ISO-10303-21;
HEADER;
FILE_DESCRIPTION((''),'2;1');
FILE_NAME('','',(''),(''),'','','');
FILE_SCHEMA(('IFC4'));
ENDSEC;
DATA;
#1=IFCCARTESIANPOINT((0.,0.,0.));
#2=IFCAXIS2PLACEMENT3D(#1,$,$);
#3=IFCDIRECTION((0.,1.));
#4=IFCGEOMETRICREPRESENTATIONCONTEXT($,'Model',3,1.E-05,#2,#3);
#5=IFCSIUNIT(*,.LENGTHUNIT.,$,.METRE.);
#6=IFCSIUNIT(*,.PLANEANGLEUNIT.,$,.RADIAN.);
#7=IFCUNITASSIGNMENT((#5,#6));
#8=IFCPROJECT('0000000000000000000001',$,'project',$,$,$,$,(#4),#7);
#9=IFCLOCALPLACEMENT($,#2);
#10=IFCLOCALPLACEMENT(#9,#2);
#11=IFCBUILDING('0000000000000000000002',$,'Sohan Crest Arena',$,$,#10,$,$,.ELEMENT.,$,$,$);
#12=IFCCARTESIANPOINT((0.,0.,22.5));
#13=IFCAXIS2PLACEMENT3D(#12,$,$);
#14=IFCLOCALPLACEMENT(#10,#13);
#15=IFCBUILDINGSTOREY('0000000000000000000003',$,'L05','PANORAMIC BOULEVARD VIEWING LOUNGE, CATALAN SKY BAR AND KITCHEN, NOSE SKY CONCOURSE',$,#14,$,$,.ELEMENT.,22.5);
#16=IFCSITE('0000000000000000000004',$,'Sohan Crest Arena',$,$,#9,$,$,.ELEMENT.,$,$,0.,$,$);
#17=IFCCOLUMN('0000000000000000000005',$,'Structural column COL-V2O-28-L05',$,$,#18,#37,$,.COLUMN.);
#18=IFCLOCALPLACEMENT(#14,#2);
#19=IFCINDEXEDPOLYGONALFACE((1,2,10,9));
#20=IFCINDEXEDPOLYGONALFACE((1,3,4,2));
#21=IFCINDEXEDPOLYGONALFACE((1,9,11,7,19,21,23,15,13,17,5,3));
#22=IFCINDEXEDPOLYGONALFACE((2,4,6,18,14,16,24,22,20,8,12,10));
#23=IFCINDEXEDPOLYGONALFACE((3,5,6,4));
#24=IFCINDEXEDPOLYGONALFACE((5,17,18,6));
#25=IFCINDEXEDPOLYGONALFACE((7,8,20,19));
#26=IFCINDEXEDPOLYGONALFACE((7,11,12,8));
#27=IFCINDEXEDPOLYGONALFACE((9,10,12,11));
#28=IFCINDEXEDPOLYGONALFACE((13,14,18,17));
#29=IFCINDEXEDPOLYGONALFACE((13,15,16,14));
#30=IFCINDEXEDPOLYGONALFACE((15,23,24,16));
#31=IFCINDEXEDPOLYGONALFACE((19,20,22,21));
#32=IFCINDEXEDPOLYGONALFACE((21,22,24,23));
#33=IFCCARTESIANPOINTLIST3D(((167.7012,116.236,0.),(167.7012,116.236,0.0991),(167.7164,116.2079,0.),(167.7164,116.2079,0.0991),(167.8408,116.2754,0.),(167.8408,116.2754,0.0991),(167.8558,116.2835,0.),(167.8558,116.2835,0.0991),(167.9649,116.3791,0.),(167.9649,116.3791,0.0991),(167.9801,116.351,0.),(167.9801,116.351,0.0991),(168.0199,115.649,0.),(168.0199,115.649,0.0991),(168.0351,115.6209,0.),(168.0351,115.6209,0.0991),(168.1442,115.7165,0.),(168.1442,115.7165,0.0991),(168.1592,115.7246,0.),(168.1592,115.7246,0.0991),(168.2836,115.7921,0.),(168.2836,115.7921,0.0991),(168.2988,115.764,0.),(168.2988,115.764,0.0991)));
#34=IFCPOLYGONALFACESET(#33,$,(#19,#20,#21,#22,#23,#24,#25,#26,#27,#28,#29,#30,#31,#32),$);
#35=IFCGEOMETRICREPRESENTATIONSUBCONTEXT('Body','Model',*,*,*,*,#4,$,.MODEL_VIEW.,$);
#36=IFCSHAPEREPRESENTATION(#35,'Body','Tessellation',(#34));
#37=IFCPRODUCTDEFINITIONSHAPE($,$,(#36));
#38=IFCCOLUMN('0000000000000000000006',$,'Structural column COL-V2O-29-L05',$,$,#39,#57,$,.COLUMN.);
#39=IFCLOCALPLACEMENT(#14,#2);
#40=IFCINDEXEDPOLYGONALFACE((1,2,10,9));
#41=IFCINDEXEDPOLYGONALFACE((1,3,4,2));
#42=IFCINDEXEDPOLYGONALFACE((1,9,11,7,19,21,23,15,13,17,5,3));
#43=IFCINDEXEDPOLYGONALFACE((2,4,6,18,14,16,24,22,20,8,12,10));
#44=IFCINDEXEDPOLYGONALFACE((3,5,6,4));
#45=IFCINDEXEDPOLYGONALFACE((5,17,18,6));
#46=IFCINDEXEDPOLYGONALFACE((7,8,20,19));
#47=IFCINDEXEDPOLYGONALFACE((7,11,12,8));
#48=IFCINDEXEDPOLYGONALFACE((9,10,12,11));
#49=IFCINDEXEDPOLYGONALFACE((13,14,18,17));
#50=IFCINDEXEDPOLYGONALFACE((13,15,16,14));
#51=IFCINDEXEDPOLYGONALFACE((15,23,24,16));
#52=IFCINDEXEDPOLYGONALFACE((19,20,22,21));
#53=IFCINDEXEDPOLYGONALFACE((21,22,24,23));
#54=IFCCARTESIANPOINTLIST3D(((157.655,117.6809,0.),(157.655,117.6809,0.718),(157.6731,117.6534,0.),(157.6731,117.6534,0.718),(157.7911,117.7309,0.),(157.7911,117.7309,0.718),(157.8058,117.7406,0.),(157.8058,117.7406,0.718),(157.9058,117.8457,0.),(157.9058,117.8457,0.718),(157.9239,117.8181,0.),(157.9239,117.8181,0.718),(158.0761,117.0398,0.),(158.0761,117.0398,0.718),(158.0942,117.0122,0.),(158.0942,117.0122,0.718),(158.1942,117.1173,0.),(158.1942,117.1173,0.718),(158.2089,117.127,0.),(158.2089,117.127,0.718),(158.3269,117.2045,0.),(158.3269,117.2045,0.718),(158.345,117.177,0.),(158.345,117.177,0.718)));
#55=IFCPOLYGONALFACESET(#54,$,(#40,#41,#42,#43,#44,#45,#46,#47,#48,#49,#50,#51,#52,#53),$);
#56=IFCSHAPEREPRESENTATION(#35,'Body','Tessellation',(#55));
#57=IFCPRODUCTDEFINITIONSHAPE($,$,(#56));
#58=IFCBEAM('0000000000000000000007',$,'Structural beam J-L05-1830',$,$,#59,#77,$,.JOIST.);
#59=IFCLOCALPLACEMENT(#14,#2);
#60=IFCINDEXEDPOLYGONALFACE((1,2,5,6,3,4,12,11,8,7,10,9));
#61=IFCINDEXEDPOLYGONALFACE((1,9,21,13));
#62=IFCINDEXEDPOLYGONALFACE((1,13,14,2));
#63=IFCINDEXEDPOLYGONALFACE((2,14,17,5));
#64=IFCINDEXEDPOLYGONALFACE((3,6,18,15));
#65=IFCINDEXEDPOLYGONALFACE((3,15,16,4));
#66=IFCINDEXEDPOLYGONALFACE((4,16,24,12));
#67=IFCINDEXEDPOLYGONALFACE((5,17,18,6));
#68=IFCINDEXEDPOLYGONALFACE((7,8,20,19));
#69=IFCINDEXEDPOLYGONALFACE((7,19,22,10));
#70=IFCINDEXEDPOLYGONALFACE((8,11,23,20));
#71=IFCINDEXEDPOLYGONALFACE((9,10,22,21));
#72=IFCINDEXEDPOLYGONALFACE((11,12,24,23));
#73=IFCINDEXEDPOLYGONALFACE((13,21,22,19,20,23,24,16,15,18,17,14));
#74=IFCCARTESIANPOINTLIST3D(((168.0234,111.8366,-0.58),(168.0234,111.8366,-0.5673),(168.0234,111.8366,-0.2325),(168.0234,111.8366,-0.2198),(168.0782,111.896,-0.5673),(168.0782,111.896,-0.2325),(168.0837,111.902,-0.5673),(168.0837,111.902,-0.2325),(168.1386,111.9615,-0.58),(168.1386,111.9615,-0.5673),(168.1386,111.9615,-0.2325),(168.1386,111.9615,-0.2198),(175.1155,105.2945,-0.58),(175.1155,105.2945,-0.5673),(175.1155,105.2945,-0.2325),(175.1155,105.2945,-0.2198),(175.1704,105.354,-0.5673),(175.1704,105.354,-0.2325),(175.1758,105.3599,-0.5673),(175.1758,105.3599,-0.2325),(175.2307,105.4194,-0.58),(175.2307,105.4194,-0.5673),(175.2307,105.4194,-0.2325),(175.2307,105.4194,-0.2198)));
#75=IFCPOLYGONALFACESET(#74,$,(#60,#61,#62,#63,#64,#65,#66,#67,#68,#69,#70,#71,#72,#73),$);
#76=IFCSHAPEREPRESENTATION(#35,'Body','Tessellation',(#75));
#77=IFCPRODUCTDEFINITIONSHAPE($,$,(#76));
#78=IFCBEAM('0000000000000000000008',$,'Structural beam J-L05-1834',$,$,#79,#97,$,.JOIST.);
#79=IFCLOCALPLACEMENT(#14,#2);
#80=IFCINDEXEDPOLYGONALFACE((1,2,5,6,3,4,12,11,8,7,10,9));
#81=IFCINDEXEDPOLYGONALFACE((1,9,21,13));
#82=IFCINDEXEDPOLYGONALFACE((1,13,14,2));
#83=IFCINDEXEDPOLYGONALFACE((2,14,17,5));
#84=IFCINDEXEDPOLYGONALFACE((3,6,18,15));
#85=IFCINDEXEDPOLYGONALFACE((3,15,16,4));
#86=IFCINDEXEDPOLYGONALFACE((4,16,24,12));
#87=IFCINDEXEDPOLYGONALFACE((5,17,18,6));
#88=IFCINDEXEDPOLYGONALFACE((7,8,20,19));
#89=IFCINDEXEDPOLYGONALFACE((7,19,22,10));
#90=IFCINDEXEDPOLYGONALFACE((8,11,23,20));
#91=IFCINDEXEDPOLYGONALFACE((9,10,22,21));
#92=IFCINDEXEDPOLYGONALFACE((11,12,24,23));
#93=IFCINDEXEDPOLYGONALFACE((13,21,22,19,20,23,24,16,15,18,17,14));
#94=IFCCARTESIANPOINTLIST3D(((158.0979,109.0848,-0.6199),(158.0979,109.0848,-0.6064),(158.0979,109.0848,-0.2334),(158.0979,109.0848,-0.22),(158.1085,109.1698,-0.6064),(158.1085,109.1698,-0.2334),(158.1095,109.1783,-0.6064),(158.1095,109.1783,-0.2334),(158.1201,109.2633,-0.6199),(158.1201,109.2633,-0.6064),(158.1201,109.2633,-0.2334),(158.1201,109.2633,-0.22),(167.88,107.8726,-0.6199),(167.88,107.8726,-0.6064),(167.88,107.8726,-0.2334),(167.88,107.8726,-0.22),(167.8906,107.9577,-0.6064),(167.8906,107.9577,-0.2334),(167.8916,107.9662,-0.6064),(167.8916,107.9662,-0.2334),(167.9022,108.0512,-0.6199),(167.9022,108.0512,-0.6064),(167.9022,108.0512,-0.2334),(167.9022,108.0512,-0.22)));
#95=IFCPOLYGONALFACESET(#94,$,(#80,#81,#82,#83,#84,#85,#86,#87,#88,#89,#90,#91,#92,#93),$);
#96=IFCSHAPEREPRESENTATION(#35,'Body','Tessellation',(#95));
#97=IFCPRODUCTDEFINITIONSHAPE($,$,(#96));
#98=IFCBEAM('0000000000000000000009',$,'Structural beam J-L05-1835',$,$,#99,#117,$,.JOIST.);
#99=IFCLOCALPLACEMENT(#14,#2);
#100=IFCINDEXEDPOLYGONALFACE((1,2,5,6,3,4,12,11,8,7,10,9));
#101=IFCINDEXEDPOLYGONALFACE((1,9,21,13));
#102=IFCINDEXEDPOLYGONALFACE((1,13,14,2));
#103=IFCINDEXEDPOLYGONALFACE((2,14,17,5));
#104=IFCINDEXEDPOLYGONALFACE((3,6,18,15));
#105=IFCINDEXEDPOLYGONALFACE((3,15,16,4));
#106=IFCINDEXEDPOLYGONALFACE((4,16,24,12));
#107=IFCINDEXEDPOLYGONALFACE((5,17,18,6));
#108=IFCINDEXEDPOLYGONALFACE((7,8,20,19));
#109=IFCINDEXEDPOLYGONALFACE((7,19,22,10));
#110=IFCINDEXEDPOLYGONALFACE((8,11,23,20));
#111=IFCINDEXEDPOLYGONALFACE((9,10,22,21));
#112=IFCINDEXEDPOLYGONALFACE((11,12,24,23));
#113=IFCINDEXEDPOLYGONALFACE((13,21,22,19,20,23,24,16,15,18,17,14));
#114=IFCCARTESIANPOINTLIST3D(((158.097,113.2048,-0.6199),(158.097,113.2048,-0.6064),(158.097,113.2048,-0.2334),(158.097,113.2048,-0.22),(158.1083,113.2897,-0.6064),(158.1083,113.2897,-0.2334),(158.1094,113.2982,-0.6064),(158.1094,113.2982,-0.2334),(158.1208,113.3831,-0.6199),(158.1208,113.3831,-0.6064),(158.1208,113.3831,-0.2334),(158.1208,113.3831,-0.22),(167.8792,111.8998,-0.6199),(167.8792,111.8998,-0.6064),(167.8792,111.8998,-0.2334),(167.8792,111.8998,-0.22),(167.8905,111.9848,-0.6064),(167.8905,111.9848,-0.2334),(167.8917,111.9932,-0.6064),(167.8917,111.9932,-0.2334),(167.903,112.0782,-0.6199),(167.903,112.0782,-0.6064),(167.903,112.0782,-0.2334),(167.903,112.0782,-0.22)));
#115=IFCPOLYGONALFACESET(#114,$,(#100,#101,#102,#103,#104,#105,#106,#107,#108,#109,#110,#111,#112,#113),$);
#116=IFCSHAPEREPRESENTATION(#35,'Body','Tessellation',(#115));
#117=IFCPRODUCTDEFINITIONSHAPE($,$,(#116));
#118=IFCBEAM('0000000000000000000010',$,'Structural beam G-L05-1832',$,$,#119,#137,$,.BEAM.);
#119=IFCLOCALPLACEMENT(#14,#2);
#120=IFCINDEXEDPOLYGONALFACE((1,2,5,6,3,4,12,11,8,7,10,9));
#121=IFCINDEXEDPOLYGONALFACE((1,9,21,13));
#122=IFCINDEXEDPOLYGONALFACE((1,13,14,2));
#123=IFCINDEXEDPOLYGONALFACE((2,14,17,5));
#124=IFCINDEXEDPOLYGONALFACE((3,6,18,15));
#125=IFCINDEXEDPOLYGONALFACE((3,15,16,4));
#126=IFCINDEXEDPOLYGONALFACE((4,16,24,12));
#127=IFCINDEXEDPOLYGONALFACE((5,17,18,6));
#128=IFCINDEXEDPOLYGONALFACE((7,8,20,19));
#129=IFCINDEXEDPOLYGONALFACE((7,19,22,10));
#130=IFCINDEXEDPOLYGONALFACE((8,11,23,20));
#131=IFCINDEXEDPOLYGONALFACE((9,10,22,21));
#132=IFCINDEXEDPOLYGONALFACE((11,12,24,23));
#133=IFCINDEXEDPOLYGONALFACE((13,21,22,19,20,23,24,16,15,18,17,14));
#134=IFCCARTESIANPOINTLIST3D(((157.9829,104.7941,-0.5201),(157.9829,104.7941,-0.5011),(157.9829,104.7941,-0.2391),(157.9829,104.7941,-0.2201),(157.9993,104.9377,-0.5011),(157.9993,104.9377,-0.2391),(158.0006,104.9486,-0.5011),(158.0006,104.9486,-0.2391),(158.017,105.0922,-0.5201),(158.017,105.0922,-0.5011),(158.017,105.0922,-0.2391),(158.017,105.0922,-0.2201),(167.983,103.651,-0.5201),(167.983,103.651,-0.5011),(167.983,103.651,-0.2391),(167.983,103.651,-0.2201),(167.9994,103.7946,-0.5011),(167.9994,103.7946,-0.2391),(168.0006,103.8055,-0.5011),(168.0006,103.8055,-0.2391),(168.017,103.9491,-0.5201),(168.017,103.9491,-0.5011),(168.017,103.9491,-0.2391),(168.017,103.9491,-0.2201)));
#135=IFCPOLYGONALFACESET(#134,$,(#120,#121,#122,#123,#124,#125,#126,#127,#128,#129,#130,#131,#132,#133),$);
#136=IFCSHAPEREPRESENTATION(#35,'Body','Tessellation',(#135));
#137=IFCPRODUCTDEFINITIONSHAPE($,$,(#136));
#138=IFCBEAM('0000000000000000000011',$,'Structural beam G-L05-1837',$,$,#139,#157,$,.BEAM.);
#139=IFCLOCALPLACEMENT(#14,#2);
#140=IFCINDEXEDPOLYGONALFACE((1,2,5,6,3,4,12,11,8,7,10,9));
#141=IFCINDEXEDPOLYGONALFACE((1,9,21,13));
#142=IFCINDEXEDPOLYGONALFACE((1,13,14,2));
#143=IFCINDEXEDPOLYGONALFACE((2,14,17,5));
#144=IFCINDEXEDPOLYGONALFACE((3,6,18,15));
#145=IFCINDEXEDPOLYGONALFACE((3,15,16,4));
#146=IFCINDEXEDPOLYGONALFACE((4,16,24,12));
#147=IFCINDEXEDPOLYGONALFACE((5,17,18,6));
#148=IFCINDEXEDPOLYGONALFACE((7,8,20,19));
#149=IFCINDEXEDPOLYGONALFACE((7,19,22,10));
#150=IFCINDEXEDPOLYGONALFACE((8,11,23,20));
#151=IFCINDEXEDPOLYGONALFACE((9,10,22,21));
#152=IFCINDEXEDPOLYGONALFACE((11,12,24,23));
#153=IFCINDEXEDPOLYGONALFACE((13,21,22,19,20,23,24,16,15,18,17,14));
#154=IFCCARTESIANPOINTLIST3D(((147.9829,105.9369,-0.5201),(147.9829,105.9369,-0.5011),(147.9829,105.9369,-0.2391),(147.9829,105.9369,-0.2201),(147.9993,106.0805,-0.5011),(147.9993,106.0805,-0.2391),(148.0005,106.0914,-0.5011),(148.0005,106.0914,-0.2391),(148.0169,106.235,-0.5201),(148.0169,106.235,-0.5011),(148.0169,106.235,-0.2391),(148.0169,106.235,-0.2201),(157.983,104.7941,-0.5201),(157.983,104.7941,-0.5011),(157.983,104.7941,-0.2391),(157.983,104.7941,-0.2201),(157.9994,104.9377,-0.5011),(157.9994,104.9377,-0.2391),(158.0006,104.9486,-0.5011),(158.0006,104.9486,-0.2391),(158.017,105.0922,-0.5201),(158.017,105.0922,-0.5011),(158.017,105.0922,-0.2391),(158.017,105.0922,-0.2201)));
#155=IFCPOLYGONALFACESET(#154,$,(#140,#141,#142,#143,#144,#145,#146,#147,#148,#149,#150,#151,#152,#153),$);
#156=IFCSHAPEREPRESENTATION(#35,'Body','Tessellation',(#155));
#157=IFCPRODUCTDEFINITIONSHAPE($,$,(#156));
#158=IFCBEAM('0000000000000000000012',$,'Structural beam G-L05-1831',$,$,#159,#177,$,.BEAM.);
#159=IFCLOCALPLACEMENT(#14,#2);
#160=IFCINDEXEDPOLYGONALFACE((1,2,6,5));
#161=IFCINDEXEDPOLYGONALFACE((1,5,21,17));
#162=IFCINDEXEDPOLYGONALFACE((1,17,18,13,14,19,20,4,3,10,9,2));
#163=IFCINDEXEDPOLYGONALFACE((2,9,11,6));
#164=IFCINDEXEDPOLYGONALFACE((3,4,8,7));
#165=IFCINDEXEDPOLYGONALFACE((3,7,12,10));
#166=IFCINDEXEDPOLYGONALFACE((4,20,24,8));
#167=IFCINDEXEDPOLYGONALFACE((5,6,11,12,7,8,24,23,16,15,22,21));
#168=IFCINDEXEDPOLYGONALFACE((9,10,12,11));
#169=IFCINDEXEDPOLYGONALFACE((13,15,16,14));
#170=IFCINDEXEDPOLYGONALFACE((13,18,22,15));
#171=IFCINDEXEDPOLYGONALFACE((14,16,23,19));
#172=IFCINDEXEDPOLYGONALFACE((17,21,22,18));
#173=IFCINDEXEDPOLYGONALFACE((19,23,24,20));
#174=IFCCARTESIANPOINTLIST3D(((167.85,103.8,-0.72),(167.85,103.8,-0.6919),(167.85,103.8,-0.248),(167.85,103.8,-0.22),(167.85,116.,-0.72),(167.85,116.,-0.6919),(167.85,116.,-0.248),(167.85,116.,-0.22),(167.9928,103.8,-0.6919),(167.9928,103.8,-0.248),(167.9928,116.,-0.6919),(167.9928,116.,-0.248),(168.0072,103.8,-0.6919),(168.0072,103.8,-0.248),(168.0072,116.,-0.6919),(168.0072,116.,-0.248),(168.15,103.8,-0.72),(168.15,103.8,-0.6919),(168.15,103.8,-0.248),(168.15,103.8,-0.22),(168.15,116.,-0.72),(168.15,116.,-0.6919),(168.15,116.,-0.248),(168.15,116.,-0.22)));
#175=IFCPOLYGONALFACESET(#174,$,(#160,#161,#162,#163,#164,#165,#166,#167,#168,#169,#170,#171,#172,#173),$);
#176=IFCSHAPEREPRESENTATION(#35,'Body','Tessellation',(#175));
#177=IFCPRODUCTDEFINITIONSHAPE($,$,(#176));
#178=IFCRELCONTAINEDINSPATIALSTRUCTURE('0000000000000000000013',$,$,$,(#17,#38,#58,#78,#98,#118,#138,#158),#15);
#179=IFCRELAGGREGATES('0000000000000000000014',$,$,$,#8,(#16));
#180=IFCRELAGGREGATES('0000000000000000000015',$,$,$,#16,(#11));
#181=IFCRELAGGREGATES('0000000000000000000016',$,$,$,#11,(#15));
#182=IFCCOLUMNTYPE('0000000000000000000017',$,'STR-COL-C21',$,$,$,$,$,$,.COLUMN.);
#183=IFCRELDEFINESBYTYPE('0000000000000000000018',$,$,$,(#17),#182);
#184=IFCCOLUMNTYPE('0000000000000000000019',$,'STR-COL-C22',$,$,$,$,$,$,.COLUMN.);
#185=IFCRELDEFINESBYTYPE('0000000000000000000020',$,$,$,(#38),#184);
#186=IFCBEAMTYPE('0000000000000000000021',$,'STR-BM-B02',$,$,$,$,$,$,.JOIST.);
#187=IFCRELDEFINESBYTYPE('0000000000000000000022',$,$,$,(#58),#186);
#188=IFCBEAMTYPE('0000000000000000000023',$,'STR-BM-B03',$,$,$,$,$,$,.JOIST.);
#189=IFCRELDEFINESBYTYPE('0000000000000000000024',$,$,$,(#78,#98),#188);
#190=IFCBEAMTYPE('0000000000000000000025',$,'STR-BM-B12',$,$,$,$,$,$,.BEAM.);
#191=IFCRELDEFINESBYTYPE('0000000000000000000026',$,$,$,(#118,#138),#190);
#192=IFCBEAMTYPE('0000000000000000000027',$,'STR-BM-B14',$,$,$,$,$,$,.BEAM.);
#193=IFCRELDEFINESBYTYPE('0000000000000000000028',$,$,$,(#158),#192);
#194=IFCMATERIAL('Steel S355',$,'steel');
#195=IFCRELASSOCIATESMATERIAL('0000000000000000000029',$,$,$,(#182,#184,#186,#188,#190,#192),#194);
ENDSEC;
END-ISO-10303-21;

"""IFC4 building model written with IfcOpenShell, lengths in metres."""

from ifc_helpers import new_model, si_unit, direction, frame, origin, origin_2d, place, context, subcontext, project, spatial, i_section, extrude, material, material_profile, profile_set, type_object, element, save


model = new_model("IFC4")

# Units and contexts
model_context = context("Model", 3, precision=1e-05, world=origin(), true_north=direction((0.0, 1.0)))
body_context = subcontext(model_context, "Body", "Model", "MODEL_VIEW")
ifc_project = project(units=[si_unit("LENGTHUNIT", "METRE"), si_unit("PLANEANGLEUNIT", "RADIAN")], contexts=[model_context])

# Site, building, storey
site_placement = place(None, origin())
site = spatial("IfcSite", under=ifc_project, at=site_placement, Name="Sohan Crest Arena", CompositionType="ELEMENT", RefElevation=0.0)
building_placement = place(site_placement, origin())
building = spatial("IfcBuilding", under=site, at=building_placement, Name="Sohan Crest Arena", CompositionType="ELEMENT")
storey_placement = place(building_placement, frame((0.0, 0.0, 22.5)))
storey = spatial("IfcBuildingStorey", under=building, at=storey_placement, Name="L05", Description="PANORAMIC BOULEVARD VIEWING LOUNGE, CATALAN SKY BAR AND KITCHEN, NOSE SKY CONCOURSE", CompositionType="ELEMENT", Elevation=22.5)

# Columns
ifc_material_1 = material(Name="Steel S355", Category="steel")
ifc_material_profile_1 = material_profile(ifc_material_1, i_section(OverallWidth=0.3, OverallDepth=0.7, WebThickness=0.0171, FlangeThickness=0.032, at=origin_2d()), Name="HEB 700")
ifc_profile_set_1 = profile_set([ifc_material_profile_1], Name="Steel S355")
column_type_1 = type_object("IfcColumnType", Name="STR-COL-C21", PredefinedType="COLUMN", material=ifc_profile_set_1)
column_1_placement = place(storey_placement, frame((168.0, 116.0, 0.0), z_axis=(0.0, 0.0, 1.0), x_axis=(0.878817, 0.477159, 0.0)))
element("IfcColumn", 1, at=column_1_placement, inside=storey, type_object=column_type_1, Name="Structural column COL-V2O-28-L05", PredefinedType="COLUMN", context=body_context, shape_type="SweptSolid", body=[
    extrude(i_section(OverallWidth=0.3, OverallDepth=0.7, WebThickness=0.0171, FlangeThickness=0.032, at=origin_2d()), origin(), (0.0, 0.0, 1.0), 0.0991),
])
ifc_material_profile_2 = material_profile(ifc_material_1, i_section(OverallWidth=0.3, OverallDepth=0.8, WebThickness=0.0176, FlangeThickness=0.033, at=origin_2d()), Name="HEB 800")
ifc_profile_set_2 = profile_set([ifc_material_profile_2], Name="Steel S355")
column_type_2 = type_object("IfcColumnType", Name="STR-COL-C22", PredefinedType="COLUMN", material=ifc_profile_set_2)
column_2_placement = place(storey_placement, frame((158.0, 117.429, 0.0), z_axis=(0.0, 0.0, 1.0), x_axis=(0.835807, 0.549023, 0.0)))
element("IfcColumn", 2, at=column_2_placement, inside=storey, type_object=column_type_2, Name="Structural column COL-V2O-29-L05", PredefinedType="COLUMN", context=body_context, shape_type="SweptSolid", body=[
    extrude(i_section(OverallWidth=0.3, OverallDepth=0.8, WebThickness=0.0176, FlangeThickness=0.033, at=origin_2d()), origin(), (0.0, 0.0, 1.0), 0.718),
])

# Beams
ifc_material_profile_3 = material_profile(ifc_material_1, i_section(OverallWidth=0.1699, OverallDepth=0.3601, WebThickness=0.0081, FlangeThickness=0.0127, at=origin_2d()), Name="IPE 360")
ifc_profile_set_3 = profile_set([ifc_material_profile_3], Name="Steel S355")
beam_type_1 = type_object("IfcBeamType", Name="STR-BM-B02", PredefinedType="JOIST", material=ifc_profile_set_3)
beam_1_placement = place(storey_placement, frame((175.1731, 105.3569, -0.3999), z_axis=(-0.735036, 0.678028, 0.0), x_axis=(-0.678028, -0.735036, 0.0)))
element("IfcBeam", 3, at=beam_1_placement, inside=storey, type_object=beam_type_1, Name="Structural beam J-L05-1830", PredefinedType="JOIST", context=body_context, shape_type="SweptSolid", body=[
    extrude(i_section(OverallWidth=0.1699, OverallDepth=0.3601, WebThickness=0.0081, FlangeThickness=0.0127, at=origin_2d()), origin(), (0.0, 0.0, 1.0), 9.6487),
])
ifc_material_profile_4 = material_profile(ifc_material_1, i_section(OverallWidth=0.1799, OverallDepth=0.3999, WebThickness=0.0085, FlangeThickness=0.0134, at=origin_2d()), Name="IPE 400")
ifc_profile_set_4 = profile_set([ifc_material_profile_4], Name="Steel S355")
beam_type_2 = type_object("IfcBeamType", Name="STR-BM-B03", PredefinedType="JOIST", material=ifc_profile_set_4)
beam_2_placement = place(storey_placement, frame((167.8911, 107.9619, -0.4199), z_axis=(-0.99241, 0.122974, 0.0), x_axis=(-0.122974, -0.99241, 0.0)))
element("IfcBeam", 4, at=beam_2_placement, inside=storey, type_object=beam_type_2, Name="Structural beam J-L05-1834", PredefinedType="JOIST", context=body_context, shape_type="SweptSolid", body=[
    extrude(i_section(OverallWidth=0.1799, OverallDepth=0.3999, WebThickness=0.0085, FlangeThickness=0.0134, at=origin_2d()), origin(), (0.0, 0.0, 1.0), 9.8569),
])
beam_3_placement = place(storey_placement, frame((167.8911, 111.989, -0.4199), z_axis=(-0.991219, 0.132227, 0.0), x_axis=(-0.132227, -0.991219, 0.0)))
element("IfcBeam", 5, at=beam_3_placement, inside=storey, type_object=beam_type_2, Name="Structural beam J-L05-1835", PredefinedType="JOIST", context=body_context, shape_type="SweptSolid", body=[
    extrude(i_section(OverallWidth=0.1799, OverallDepth=0.3999, WebThickness=0.0085, FlangeThickness=0.0134, at=origin_2d()), origin(), (0.0, 0.0, 1.0), 9.8689),
])
ifc_material_profile_5 = material_profile(ifc_material_1, i_section(OverallWidth=0.3, OverallDepth=0.3, WebThickness=0.011, FlangeThickness=0.019, at=origin_2d()), Name="HEB 300")
ifc_profile_set_5 = profile_set([ifc_material_profile_5], Name="Steel S355")
beam_type_3 = type_object("IfcBeamType", Name="STR-BM-B12", PredefinedType="BEAM", material=ifc_profile_set_5)
for number, where, z_axis, x_axis, name in (
    (6, (168.0, 103.8, -0.3701), (-0.99353, 0.113567, 0.0), (-0.113567, -0.99353, 0.0), "Structural beam G-L05-1832"),
    (7, (158.0, 104.9431, -0.3701), (-0.993533, 0.113543, 0.0), (-0.113543, -0.993533, 0.0), "Structural beam G-L05-1837"),
):
    element("IfcBeam", number, at=place(storey_placement, frame(where, z_axis=z_axis, x_axis=x_axis)), inside=storey, type_object=beam_type_3, Name=name, PredefinedType="BEAM", context=body_context, shape_type="SweptSolid", body=[
        extrude(i_section(OverallWidth=0.3, OverallDepth=0.3, WebThickness=0.011, FlangeThickness=0.019, at=origin_2d()), origin(), (0.0, 0.0, 1.0), 10.0652),
    ])
ifc_material_profile_6 = material_profile(ifc_material_1, i_section(OverallWidth=0.3, OverallDepth=0.5, WebThickness=0.0144, FlangeThickness=0.0281, at=origin_2d()), Name="HEB 500")
ifc_profile_set_6 = profile_set([ifc_material_profile_6], Name="Steel S355")
beam_type_4 = type_object("IfcBeamType", Name="STR-BM-B14", PredefinedType="BEAM", material=ifc_profile_set_6)
beam_4_placement = place(storey_placement, frame((168.0, 103.8, -0.47), z_axis=(0.0, 1.0, 0.0), x_axis=(-1.0, 0.0, 0.0)))
element("IfcBeam", 8, at=beam_4_placement, inside=storey, type_object=beam_type_4, Name="Structural beam G-L05-1831", PredefinedType="BEAM", context=body_context, shape_type="SweptSolid", body=[
    extrude(i_section(OverallWidth=0.3, OverallDepth=0.5, WebThickness=0.0144, FlangeThickness=0.0281, at=origin_2d()), origin(), (0.0, 0.0, 1.0), 12.2),
])

save(model, "model.ifc")
